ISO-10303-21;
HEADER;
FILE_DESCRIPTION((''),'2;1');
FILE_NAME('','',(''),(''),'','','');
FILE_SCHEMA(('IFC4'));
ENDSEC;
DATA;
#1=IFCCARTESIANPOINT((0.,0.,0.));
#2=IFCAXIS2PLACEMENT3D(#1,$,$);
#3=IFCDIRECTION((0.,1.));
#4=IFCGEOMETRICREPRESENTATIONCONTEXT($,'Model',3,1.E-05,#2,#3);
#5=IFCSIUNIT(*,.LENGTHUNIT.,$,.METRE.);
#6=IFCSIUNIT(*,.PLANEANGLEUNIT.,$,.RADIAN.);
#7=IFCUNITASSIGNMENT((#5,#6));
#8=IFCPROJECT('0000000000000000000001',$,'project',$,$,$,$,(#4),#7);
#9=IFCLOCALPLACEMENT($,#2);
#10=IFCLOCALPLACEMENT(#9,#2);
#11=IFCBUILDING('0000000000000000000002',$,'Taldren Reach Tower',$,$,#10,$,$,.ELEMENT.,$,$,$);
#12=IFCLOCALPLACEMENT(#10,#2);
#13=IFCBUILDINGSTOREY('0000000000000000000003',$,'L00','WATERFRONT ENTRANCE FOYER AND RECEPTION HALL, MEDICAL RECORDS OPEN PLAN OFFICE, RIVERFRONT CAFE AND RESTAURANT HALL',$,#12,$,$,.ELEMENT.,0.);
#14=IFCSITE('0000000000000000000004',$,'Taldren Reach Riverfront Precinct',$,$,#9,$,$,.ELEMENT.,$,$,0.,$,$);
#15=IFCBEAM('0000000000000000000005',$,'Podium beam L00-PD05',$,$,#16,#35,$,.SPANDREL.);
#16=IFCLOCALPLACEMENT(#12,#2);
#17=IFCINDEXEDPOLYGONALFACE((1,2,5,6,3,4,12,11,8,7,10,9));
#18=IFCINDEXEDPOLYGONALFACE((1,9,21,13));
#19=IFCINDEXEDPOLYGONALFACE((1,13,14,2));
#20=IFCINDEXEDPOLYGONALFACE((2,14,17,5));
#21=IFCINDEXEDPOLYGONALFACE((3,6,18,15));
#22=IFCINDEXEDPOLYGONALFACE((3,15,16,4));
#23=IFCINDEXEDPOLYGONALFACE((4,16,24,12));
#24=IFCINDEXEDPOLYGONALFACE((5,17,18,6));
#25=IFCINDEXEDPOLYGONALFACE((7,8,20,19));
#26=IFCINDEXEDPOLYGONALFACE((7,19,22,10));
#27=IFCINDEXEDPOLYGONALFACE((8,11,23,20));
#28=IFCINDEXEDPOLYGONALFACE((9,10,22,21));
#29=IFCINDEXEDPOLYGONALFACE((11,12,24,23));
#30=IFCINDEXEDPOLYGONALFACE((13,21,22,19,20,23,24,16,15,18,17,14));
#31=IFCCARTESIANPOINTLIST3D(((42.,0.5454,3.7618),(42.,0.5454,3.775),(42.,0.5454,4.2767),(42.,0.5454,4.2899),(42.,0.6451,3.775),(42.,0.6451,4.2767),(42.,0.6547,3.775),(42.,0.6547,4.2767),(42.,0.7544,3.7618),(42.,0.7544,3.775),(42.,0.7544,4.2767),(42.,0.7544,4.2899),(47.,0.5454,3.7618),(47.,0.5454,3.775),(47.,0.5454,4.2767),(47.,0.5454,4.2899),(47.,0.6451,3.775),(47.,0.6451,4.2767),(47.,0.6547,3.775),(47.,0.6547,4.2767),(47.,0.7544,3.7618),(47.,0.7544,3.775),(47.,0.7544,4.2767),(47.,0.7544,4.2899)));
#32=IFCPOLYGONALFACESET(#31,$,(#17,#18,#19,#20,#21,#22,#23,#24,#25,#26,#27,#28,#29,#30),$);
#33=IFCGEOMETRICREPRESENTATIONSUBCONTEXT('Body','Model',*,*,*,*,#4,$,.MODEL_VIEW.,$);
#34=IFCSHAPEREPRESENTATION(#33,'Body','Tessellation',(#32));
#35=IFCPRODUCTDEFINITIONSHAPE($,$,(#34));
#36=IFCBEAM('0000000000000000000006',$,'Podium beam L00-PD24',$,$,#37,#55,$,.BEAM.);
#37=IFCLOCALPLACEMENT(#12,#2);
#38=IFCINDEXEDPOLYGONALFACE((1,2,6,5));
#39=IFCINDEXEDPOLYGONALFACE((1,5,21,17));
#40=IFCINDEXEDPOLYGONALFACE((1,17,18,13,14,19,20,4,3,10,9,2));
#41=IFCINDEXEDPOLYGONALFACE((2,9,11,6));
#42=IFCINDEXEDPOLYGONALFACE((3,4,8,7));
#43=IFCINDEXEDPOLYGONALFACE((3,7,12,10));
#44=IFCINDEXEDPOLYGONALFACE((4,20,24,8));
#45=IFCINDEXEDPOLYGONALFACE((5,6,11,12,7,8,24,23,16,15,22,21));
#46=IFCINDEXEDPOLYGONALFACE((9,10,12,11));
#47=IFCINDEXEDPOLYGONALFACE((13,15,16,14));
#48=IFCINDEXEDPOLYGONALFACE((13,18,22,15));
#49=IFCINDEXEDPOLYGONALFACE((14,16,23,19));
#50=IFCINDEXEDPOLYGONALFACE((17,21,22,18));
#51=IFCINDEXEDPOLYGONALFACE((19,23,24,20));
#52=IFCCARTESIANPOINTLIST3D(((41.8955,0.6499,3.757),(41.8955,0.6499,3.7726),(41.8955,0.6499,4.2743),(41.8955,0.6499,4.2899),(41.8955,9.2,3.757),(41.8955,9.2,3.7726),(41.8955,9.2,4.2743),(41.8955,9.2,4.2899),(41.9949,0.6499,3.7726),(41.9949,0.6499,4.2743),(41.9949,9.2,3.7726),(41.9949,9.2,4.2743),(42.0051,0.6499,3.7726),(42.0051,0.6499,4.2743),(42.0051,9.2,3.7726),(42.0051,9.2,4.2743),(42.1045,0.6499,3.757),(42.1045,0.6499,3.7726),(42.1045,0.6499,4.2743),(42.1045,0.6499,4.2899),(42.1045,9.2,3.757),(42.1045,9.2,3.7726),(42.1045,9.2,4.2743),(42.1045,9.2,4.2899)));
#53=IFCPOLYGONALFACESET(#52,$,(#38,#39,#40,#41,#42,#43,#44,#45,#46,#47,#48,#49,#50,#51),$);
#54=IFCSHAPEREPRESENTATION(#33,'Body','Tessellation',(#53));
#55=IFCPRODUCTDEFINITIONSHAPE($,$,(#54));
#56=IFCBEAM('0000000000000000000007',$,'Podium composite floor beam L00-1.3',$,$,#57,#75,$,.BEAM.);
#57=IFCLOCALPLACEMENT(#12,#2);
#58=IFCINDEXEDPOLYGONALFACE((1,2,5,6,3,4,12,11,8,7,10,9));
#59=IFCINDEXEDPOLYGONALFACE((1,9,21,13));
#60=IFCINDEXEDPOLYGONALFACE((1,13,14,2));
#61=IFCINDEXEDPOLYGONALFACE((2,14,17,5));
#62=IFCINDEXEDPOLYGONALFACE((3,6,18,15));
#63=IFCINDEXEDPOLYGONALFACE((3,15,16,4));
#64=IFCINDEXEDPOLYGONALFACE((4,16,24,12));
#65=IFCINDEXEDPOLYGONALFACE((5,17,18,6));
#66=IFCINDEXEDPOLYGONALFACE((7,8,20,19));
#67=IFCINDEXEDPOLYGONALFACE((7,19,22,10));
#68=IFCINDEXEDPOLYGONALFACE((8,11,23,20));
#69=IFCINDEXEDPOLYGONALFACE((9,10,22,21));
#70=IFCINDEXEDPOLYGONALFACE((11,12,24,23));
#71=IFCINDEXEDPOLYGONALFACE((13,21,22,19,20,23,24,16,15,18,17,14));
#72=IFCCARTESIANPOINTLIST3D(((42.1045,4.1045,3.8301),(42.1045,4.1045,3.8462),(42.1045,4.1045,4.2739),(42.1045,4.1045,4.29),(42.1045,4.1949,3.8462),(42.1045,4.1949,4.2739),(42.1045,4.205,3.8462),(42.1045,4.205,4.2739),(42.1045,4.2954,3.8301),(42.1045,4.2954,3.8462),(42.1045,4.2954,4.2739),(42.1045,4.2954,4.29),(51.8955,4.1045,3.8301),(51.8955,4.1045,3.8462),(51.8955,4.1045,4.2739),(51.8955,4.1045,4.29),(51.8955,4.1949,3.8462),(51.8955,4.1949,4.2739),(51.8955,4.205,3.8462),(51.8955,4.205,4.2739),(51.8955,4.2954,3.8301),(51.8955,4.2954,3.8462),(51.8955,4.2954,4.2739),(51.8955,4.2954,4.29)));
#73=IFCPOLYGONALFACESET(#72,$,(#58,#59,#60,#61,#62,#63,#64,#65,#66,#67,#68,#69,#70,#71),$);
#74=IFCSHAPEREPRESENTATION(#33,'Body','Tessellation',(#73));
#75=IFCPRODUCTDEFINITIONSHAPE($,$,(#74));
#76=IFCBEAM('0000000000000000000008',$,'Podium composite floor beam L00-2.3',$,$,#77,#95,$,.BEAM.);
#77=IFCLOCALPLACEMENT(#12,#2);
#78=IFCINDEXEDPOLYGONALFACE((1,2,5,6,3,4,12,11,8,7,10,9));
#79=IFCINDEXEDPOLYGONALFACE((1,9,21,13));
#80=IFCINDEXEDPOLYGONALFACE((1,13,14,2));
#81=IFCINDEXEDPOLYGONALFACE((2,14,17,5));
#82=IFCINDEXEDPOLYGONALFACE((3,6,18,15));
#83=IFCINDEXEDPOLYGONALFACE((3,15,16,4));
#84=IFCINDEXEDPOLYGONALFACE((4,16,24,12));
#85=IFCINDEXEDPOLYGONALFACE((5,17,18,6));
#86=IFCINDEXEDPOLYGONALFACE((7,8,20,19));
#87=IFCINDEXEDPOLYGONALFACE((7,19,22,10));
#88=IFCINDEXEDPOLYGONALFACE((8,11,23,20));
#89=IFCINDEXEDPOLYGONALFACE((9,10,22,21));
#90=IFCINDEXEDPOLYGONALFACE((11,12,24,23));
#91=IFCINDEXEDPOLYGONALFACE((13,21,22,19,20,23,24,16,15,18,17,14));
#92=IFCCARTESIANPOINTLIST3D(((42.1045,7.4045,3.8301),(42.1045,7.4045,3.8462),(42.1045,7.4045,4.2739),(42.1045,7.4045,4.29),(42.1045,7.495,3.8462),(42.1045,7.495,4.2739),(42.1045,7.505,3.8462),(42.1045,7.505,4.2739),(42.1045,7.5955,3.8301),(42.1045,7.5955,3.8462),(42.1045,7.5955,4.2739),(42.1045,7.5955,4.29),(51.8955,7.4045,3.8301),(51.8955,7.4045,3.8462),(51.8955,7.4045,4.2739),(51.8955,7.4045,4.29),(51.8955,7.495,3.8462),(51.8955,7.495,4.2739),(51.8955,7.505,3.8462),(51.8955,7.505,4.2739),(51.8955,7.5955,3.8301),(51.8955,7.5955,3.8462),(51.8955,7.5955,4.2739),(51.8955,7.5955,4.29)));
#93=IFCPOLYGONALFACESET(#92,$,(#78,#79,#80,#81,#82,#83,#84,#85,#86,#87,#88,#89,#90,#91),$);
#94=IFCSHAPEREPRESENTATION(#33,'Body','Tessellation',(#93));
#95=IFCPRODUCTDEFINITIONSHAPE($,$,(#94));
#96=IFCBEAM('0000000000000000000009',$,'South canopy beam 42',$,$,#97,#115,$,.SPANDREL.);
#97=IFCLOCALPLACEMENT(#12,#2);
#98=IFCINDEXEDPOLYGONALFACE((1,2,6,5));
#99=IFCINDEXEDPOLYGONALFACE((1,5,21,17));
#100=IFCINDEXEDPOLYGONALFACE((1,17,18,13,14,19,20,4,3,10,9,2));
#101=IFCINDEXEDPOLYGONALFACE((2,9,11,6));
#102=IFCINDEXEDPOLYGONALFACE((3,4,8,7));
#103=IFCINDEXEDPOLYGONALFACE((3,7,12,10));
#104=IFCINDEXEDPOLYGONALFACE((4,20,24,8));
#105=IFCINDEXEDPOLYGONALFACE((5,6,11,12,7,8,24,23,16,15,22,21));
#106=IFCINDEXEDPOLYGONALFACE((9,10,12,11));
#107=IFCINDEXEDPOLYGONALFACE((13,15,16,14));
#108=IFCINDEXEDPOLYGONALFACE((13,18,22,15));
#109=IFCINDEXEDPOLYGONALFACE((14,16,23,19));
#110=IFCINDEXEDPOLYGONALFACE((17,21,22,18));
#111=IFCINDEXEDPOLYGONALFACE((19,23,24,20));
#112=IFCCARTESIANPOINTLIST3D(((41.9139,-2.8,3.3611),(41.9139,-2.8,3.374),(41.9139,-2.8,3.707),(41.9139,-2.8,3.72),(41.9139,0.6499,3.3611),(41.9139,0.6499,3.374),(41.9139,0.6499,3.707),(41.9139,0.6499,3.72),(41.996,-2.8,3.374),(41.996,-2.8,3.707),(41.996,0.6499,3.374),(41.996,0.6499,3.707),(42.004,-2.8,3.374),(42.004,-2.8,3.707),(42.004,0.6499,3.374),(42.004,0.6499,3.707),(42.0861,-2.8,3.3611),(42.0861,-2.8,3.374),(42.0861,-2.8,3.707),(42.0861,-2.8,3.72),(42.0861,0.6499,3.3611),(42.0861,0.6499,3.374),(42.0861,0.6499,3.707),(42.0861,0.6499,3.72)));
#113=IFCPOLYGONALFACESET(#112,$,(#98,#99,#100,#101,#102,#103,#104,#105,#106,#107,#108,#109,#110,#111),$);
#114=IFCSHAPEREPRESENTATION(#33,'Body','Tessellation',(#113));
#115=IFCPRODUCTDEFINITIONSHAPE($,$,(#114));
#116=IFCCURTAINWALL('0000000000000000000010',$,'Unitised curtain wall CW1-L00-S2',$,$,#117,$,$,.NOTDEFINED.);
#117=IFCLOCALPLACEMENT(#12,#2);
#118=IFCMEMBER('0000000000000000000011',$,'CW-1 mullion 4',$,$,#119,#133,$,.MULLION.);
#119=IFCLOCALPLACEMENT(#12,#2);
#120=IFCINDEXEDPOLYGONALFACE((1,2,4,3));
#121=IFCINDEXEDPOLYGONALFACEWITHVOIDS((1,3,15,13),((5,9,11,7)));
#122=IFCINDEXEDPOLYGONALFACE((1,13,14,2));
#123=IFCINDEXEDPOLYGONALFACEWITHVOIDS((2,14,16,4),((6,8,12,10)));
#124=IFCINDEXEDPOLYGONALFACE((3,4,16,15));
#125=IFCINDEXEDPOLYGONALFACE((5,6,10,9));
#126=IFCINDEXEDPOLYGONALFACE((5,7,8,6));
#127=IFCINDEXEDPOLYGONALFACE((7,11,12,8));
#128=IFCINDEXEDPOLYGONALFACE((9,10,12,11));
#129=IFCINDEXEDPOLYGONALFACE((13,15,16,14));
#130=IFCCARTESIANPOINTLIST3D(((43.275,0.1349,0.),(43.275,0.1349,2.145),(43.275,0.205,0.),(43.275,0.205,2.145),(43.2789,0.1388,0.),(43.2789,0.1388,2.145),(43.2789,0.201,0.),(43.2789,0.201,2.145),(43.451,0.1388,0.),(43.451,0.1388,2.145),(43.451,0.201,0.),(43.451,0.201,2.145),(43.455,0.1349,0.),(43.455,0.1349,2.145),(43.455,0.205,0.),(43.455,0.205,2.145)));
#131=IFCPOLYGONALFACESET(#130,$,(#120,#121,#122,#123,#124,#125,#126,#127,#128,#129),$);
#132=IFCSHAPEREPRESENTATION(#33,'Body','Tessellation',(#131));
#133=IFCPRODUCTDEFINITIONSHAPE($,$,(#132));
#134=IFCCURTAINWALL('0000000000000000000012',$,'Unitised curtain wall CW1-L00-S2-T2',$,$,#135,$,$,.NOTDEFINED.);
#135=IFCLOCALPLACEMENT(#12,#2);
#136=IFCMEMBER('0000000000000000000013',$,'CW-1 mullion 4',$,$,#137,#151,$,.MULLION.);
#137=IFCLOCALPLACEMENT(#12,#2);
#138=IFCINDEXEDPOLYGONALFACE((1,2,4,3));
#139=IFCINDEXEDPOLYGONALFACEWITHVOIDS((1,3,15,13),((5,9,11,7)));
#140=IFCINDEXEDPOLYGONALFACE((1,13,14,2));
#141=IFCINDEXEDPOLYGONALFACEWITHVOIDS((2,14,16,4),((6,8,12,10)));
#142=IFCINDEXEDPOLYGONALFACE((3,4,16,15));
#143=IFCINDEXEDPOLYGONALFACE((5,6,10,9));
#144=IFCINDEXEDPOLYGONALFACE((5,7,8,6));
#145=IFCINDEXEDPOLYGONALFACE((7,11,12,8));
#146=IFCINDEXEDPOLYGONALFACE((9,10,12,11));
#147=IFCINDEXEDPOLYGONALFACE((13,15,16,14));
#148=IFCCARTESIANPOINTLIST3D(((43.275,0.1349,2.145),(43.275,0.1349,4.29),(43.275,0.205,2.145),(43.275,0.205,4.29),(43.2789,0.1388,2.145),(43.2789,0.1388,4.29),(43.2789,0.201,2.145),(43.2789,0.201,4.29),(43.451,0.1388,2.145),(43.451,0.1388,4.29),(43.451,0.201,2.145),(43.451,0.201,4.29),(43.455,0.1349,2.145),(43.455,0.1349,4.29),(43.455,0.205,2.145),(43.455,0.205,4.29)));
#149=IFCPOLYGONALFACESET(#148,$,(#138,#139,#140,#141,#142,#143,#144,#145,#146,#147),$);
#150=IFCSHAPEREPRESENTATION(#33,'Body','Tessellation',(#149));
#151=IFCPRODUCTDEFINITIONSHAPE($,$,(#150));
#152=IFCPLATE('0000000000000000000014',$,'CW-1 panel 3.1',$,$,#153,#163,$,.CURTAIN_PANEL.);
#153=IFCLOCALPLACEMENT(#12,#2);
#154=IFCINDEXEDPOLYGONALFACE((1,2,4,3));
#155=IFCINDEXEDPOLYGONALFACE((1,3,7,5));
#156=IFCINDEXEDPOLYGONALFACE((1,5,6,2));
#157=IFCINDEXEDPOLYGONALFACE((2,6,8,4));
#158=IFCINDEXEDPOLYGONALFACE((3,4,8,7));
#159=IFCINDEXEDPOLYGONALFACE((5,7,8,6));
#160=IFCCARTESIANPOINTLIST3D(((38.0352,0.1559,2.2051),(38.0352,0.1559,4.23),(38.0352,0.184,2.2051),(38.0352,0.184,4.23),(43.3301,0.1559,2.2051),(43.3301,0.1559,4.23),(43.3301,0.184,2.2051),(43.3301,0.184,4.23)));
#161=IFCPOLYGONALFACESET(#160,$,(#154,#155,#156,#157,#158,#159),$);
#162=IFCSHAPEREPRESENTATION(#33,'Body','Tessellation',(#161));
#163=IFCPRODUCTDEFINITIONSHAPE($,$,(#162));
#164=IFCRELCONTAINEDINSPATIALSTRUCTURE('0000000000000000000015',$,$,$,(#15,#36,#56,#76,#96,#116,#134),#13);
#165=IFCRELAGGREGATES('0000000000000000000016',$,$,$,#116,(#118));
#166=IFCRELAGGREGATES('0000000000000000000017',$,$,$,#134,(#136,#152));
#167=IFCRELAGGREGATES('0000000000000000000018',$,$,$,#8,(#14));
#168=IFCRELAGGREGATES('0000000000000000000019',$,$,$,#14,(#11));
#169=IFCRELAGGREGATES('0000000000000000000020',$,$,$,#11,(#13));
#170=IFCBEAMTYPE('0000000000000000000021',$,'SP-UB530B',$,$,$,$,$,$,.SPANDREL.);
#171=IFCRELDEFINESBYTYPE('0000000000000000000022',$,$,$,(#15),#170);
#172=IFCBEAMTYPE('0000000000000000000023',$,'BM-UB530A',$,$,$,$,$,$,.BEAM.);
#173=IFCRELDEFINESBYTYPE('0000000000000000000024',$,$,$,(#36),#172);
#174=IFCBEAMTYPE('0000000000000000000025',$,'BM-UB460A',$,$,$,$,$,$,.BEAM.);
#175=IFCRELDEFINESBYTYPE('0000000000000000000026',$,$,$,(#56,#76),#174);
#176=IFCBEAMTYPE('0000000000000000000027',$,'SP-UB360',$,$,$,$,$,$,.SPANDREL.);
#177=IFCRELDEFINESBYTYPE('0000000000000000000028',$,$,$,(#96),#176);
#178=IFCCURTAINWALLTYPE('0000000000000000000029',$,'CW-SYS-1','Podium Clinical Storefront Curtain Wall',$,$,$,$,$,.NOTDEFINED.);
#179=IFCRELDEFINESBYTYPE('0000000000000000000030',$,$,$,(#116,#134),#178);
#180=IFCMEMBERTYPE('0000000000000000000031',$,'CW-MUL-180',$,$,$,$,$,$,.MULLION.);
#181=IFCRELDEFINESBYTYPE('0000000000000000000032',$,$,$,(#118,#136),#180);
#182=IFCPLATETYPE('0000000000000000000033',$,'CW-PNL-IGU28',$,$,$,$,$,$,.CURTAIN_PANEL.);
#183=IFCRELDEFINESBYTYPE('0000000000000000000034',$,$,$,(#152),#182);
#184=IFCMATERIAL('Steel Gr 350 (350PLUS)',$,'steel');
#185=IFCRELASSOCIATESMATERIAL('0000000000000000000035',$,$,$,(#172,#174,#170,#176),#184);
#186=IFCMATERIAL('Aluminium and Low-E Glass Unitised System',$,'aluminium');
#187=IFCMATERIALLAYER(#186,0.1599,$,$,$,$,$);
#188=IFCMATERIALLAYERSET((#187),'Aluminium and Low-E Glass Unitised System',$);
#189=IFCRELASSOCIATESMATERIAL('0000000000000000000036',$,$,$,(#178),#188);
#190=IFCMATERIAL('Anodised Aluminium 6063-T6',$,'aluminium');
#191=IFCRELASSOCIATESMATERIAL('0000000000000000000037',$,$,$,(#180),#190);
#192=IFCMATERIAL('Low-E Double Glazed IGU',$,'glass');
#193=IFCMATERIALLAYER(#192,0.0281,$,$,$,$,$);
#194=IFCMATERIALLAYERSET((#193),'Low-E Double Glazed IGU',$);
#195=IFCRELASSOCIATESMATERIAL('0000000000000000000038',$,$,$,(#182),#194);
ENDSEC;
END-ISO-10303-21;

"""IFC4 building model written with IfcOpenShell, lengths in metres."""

from ifc_helpers import new_model, si_unit, direction, frame, origin, origin_2d, place, context, subcontext, project, spatial, rectangle, hollow_rectangle, i_section, extrude, source, transform, mapped, material, layer, layer_set, material_profile, profile_set, type_object, element, aggregate, save


model = new_model("IFC4")

# Units and contexts
model_context = context("Model", 3, precision=1e-05, world=origin(), true_north=direction((0.0, 1.0)))
body_context = subcontext(model_context, "Body", "Model", "MODEL_VIEW")
ifc_project = project(units=[si_unit("LENGTHUNIT", "METRE"), si_unit("PLANEANGLEUNIT", "RADIAN")], contexts=[model_context])

# Site, building, storey
site_placement = place(None, origin())
site = spatial("IfcSite", under=ifc_project, at=site_placement, Name="Taldren Reach Riverfront Precinct", CompositionType="ELEMENT", RefElevation=0.0)
building_placement = place(site_placement, origin())
building = spatial("IfcBuilding", under=site, at=building_placement, Name="Taldren Reach Tower", CompositionType="ELEMENT")
storey_placement = place(building_placement, origin())
storey = spatial("IfcBuildingStorey", under=building, at=storey_placement, Name="L00", Description="WATERFRONT ENTRANCE FOYER AND RECEPTION HALL, MEDICAL RECORDS OPEN PLAN OFFICE, RIVERFRONT CAFE AND RESTAURANT HALL", CompositionType="ELEMENT", Elevation=0.0)

# Shared definitions
ifc_material_1 = material(Name="Steel Gr 350 (350PLUS)", Category="steel")

# Beams
ifc_material_profile_1 = material_profile(ifc_material_1, i_section(OverallWidth=0.209, OverallDepth=0.533, WebThickness=0.0103, FlangeThickness=0.0156, at=origin_2d()), Name="530UB92.4")
ifc_profile_set_1 = profile_set([ifc_material_profile_1], Name="Steel Gr 350 (350PLUS)")
beam_type_1 = type_object("IfcBeamType", Name="BM-UB530A", PredefinedType="BEAM", material=ifc_profile_set_1)
ifc_material_profile_2 = material_profile(ifc_material_1, i_section(OverallWidth=0.1909, OverallDepth=0.46, WebThickness=0.01, FlangeThickness=0.0161, at=origin_2d()), Name="460UB82.1")
ifc_profile_set_2 = profile_set([ifc_material_profile_2], Name="Steel Gr 350 (350PLUS)")
beam_type_2 = type_object("IfcBeamType", Name="BM-UB460A", PredefinedType="BEAM", material=ifc_profile_set_2)
ifc_material_profile_3 = material_profile(ifc_material_1, i_section(OverallWidth=0.209, OverallDepth=0.5281, WebThickness=0.0095, FlangeThickness=0.0132, at=origin_2d()), Name="530UB82.0")
ifc_profile_set_3 = profile_set([ifc_material_profile_3], Name="Steel Gr 350 (350PLUS)")
beam_type_3 = type_object("IfcBeamType", Name="SP-UB530B", PredefinedType="SPANDREL", material=ifc_profile_set_3)
shared_shape_1 = source(origin(), body_context, "Body", "SweptSolid", [
    extrude(i_section(OverallWidth=0.209, OverallDepth=0.5281, WebThickness=0.0095, FlangeThickness=0.0132, at=origin_2d()), origin(), (0.0, 0.0, 1.0), 5.0),
])
beam_1_placement = place(storey_placement, frame((42.0, 0.6499, 4.0259), z_axis=(1.0, 0.0, 0.0), x_axis=(0.0, 1.0, 0.0)))
element("IfcBeam", 1, at=beam_1_placement, inside=storey, type_object=beam_type_3, Name="Podium beam L00-PD05", PredefinedType="SPANDREL", context=body_context, shape_type="MappedRepresentation", body=[
    mapped(shared_shape_1, transform((0.0, 0.0, 0.0), scale=1.0)),
])
shared_shape_2 = source(origin(), body_context, "Body", "SweptSolid", [
    extrude(i_section(OverallWidth=0.209, OverallDepth=0.533, WebThickness=0.0103, FlangeThickness=0.0156, at=origin_2d()), origin(), (0.0, 0.0, 1.0), 8.55),
])
beam_2_placement = place(storey_placement, frame((42.0, 0.6499, 4.0234), z_axis=(0.0, 1.0, 0.0), x_axis=(-1.0, 0.0, 0.0)))
element("IfcBeam", 2, at=beam_2_placement, inside=storey, type_object=beam_type_1, Name="Podium beam L00-PD24", PredefinedType="BEAM", context=body_context, shape_type="MappedRepresentation", body=[
    mapped(shared_shape_2, transform((0.0, 0.0, 0.0), scale=1.0)),
])
shared_shape_3 = source(origin(), body_context, "Body", "SweptSolid", [
    extrude(i_section(OverallWidth=0.1909, OverallDepth=0.46, WebThickness=0.01, FlangeThickness=0.0161, at=origin_2d()), origin(), (0.0, 0.0, 1.0), 9.791),
])
for number, where, z_axis, x_axis, name in (
    (3, (42.1045, 4.2, 4.0601), (1.0, 0.0, 0.0), (0.0, 1.0, 0.0), "Podium composite floor beam L00-1.3"),
    (4, (42.1045, 7.5, 4.0601), (1.0, 0.0, 0.0), (0.0, 1.0, 0.0), "Podium composite floor beam L00-2.3"),
):
    element("IfcBeam", number, at=place(storey_placement, frame(where, z_axis=z_axis, x_axis=x_axis)), inside=storey, type_object=beam_type_2, Name=name, PredefinedType="BEAM", context=body_context, shape_type="MappedRepresentation", body=[
        mapped(shared_shape_3, transform((0.0, 0.0, 0.0), scale=1.0)),
    ])
ifc_material_profile_4 = material_profile(ifc_material_1, i_section(OverallWidth=0.1721, OverallDepth=0.3589, WebThickness=0.0081, FlangeThickness=0.0129, at=origin_2d()), Name="360UB56.7")
ifc_profile_set_4 = profile_set([ifc_material_profile_4], Name="Steel Gr 350 (350PLUS)")
beam_type_4 = type_object("IfcBeamType", Name="SP-UB360", PredefinedType="SPANDREL", material=ifc_profile_set_4)
shared_shape_4 = source(origin(), body_context, "Body", "SweptSolid", [
    extrude(i_section(OverallWidth=0.1721, OverallDepth=0.3589, WebThickness=0.0081, FlangeThickness=0.0129, at=origin_2d()), origin(), (0.0, 0.0, 1.0), 3.45),
])
beam_3_placement = place(storey_placement, frame((42.0, 0.6499, 3.5405), z_axis=(0.0, -1.0, 0.0), x_axis=(1.0, 0.0, 0.0)))
element("IfcBeam", 5, at=beam_3_placement, inside=storey, type_object=beam_type_4, Name="South canopy beam 42", PredefinedType="SPANDREL", context=body_context, shape_type="MappedRepresentation", body=[
    mapped(shared_shape_4, transform((0.0, 0.0, 0.0), scale=1.0)),
])

# Curtain wall, member
ifc_material_2 = material(Name="Aluminium and Low-E Glass Unitised System", Category="aluminium")
ifc_layer_1 = layer(ifc_material_2, 0.1599)
ifc_layer_set_1 = layer_set([ifc_layer_1], Name="Aluminium and Low-E Glass Unitised System")
curtain_wall_type = type_object("IfcCurtainWallType", Name="CW-SYS-1", Description="Podium Clinical Storefront Curtain Wall", PredefinedType="NOTDEFINED", material=ifc_layer_set_1)
curtain_wall_1_placement = place(storey_placement, origin())
curtain_wall_1 = element("IfcCurtainWall", 6, at=curtain_wall_1_placement, inside=storey, type_object=curtain_wall_type, Name="Unitised curtain wall CW1-L00-S2", PredefinedType="NOTDEFINED")
ifc_material_3 = material(Name="Anodised Aluminium 6063-T6", Category="aluminium")
ifc_material_profile_5 = material_profile(ifc_material_3, hollow_rectangle(XDim=0.0701, YDim=0.1799, WallThickness=0.0039, at=origin_2d()), Name="ALU-180x70x4RHS")
ifc_profile_set_5 = profile_set([ifc_material_profile_5], Name="Anodised Aluminium 6063-T6")
member_type = type_object("IfcMemberType", Name="CW-MUL-180", PredefinedType="MULLION", material=ifc_profile_set_5)
shared_shape_5 = source(origin(), body_context, "Body", "SweptSolid", [
    extrude(hollow_rectangle(XDim=0.0701, YDim=0.1799, WallThickness=0.0039, at=origin_2d()), origin(), (0.0, 0.0, 1.0), 2.145),
])
member_1_placement = place(storey_placement, frame((43.365, 0.1699, 0.0), z_axis=(0.0, 0.0, 1.0), x_axis=(0.0, 1.0, 0.0)))
member_1 = element("IfcMember", 7, at=member_1_placement, type_object=member_type, Name="CW-1 mullion 4", PredefinedType="MULLION", context=body_context, shape_type="MappedRepresentation", body=[
    mapped(shared_shape_5, transform((0.0, 0.0, 0.0), scale=1.0)),
])
aggregate(curtain_wall_1, [member_1])

# Curtain wall, member, plate
curtain_wall_2_placement = place(storey_placement, origin())
curtain_wall_2 = element("IfcCurtainWall", 8, at=curtain_wall_2_placement, inside=storey, type_object=curtain_wall_type, Name="Unitised curtain wall CW1-L00-S2-T2", PredefinedType="NOTDEFINED")
member_2_placement = place(storey_placement, frame((43.365, 0.1699, 2.145), z_axis=(0.0, 0.0, 1.0), x_axis=(0.0, 1.0, 0.0)))
member_2 = element("IfcMember", 9, at=member_2_placement, type_object=member_type, Name="CW-1 mullion 4", PredefinedType="MULLION", context=body_context, shape_type="MappedRepresentation", body=[
    mapped(shared_shape_5, transform((0.0, 0.0, 0.0), scale=1.0)),
])
ifc_material_4 = material(Name="Low-E Double Glazed IGU", Category="glass")
ifc_layer_2 = layer(ifc_material_4, 0.0281)
ifc_layer_set_2 = layer_set([ifc_layer_2], Name="Low-E Double Glazed IGU")
plate_type = type_object("IfcPlateType", Name="CW-PNL-IGU28", PredefinedType="CURTAIN_PANEL", material=ifc_layer_set_2)
shared_shape_6 = source(origin(), body_context, "Body", "SweptSolid", [
    extrude(rectangle(XDim=5.2949, YDim=0.0281, at=origin_2d()), origin(), (0.0, 0.0, 1.0), 2.0249),
])
plate_placement = place(storey_placement, frame((40.6826, 0.1699, 2.2051), z_axis=(0.0, 0.0, 1.0), x_axis=(1.0, 0.0, 0.0)))
plate = element("IfcPlate", 10, at=plate_placement, type_object=plate_type, Name="CW-1 panel 3.1", PredefinedType="CURTAIN_PANEL", context=body_context, shape_type="MappedRepresentation", body=[
    mapped(shared_shape_6, transform((0.0, 0.0, 0.0), scale=1.0)),
])
aggregate(curtain_wall_2, [member_2, plate])

save(model, "model.ifc")
